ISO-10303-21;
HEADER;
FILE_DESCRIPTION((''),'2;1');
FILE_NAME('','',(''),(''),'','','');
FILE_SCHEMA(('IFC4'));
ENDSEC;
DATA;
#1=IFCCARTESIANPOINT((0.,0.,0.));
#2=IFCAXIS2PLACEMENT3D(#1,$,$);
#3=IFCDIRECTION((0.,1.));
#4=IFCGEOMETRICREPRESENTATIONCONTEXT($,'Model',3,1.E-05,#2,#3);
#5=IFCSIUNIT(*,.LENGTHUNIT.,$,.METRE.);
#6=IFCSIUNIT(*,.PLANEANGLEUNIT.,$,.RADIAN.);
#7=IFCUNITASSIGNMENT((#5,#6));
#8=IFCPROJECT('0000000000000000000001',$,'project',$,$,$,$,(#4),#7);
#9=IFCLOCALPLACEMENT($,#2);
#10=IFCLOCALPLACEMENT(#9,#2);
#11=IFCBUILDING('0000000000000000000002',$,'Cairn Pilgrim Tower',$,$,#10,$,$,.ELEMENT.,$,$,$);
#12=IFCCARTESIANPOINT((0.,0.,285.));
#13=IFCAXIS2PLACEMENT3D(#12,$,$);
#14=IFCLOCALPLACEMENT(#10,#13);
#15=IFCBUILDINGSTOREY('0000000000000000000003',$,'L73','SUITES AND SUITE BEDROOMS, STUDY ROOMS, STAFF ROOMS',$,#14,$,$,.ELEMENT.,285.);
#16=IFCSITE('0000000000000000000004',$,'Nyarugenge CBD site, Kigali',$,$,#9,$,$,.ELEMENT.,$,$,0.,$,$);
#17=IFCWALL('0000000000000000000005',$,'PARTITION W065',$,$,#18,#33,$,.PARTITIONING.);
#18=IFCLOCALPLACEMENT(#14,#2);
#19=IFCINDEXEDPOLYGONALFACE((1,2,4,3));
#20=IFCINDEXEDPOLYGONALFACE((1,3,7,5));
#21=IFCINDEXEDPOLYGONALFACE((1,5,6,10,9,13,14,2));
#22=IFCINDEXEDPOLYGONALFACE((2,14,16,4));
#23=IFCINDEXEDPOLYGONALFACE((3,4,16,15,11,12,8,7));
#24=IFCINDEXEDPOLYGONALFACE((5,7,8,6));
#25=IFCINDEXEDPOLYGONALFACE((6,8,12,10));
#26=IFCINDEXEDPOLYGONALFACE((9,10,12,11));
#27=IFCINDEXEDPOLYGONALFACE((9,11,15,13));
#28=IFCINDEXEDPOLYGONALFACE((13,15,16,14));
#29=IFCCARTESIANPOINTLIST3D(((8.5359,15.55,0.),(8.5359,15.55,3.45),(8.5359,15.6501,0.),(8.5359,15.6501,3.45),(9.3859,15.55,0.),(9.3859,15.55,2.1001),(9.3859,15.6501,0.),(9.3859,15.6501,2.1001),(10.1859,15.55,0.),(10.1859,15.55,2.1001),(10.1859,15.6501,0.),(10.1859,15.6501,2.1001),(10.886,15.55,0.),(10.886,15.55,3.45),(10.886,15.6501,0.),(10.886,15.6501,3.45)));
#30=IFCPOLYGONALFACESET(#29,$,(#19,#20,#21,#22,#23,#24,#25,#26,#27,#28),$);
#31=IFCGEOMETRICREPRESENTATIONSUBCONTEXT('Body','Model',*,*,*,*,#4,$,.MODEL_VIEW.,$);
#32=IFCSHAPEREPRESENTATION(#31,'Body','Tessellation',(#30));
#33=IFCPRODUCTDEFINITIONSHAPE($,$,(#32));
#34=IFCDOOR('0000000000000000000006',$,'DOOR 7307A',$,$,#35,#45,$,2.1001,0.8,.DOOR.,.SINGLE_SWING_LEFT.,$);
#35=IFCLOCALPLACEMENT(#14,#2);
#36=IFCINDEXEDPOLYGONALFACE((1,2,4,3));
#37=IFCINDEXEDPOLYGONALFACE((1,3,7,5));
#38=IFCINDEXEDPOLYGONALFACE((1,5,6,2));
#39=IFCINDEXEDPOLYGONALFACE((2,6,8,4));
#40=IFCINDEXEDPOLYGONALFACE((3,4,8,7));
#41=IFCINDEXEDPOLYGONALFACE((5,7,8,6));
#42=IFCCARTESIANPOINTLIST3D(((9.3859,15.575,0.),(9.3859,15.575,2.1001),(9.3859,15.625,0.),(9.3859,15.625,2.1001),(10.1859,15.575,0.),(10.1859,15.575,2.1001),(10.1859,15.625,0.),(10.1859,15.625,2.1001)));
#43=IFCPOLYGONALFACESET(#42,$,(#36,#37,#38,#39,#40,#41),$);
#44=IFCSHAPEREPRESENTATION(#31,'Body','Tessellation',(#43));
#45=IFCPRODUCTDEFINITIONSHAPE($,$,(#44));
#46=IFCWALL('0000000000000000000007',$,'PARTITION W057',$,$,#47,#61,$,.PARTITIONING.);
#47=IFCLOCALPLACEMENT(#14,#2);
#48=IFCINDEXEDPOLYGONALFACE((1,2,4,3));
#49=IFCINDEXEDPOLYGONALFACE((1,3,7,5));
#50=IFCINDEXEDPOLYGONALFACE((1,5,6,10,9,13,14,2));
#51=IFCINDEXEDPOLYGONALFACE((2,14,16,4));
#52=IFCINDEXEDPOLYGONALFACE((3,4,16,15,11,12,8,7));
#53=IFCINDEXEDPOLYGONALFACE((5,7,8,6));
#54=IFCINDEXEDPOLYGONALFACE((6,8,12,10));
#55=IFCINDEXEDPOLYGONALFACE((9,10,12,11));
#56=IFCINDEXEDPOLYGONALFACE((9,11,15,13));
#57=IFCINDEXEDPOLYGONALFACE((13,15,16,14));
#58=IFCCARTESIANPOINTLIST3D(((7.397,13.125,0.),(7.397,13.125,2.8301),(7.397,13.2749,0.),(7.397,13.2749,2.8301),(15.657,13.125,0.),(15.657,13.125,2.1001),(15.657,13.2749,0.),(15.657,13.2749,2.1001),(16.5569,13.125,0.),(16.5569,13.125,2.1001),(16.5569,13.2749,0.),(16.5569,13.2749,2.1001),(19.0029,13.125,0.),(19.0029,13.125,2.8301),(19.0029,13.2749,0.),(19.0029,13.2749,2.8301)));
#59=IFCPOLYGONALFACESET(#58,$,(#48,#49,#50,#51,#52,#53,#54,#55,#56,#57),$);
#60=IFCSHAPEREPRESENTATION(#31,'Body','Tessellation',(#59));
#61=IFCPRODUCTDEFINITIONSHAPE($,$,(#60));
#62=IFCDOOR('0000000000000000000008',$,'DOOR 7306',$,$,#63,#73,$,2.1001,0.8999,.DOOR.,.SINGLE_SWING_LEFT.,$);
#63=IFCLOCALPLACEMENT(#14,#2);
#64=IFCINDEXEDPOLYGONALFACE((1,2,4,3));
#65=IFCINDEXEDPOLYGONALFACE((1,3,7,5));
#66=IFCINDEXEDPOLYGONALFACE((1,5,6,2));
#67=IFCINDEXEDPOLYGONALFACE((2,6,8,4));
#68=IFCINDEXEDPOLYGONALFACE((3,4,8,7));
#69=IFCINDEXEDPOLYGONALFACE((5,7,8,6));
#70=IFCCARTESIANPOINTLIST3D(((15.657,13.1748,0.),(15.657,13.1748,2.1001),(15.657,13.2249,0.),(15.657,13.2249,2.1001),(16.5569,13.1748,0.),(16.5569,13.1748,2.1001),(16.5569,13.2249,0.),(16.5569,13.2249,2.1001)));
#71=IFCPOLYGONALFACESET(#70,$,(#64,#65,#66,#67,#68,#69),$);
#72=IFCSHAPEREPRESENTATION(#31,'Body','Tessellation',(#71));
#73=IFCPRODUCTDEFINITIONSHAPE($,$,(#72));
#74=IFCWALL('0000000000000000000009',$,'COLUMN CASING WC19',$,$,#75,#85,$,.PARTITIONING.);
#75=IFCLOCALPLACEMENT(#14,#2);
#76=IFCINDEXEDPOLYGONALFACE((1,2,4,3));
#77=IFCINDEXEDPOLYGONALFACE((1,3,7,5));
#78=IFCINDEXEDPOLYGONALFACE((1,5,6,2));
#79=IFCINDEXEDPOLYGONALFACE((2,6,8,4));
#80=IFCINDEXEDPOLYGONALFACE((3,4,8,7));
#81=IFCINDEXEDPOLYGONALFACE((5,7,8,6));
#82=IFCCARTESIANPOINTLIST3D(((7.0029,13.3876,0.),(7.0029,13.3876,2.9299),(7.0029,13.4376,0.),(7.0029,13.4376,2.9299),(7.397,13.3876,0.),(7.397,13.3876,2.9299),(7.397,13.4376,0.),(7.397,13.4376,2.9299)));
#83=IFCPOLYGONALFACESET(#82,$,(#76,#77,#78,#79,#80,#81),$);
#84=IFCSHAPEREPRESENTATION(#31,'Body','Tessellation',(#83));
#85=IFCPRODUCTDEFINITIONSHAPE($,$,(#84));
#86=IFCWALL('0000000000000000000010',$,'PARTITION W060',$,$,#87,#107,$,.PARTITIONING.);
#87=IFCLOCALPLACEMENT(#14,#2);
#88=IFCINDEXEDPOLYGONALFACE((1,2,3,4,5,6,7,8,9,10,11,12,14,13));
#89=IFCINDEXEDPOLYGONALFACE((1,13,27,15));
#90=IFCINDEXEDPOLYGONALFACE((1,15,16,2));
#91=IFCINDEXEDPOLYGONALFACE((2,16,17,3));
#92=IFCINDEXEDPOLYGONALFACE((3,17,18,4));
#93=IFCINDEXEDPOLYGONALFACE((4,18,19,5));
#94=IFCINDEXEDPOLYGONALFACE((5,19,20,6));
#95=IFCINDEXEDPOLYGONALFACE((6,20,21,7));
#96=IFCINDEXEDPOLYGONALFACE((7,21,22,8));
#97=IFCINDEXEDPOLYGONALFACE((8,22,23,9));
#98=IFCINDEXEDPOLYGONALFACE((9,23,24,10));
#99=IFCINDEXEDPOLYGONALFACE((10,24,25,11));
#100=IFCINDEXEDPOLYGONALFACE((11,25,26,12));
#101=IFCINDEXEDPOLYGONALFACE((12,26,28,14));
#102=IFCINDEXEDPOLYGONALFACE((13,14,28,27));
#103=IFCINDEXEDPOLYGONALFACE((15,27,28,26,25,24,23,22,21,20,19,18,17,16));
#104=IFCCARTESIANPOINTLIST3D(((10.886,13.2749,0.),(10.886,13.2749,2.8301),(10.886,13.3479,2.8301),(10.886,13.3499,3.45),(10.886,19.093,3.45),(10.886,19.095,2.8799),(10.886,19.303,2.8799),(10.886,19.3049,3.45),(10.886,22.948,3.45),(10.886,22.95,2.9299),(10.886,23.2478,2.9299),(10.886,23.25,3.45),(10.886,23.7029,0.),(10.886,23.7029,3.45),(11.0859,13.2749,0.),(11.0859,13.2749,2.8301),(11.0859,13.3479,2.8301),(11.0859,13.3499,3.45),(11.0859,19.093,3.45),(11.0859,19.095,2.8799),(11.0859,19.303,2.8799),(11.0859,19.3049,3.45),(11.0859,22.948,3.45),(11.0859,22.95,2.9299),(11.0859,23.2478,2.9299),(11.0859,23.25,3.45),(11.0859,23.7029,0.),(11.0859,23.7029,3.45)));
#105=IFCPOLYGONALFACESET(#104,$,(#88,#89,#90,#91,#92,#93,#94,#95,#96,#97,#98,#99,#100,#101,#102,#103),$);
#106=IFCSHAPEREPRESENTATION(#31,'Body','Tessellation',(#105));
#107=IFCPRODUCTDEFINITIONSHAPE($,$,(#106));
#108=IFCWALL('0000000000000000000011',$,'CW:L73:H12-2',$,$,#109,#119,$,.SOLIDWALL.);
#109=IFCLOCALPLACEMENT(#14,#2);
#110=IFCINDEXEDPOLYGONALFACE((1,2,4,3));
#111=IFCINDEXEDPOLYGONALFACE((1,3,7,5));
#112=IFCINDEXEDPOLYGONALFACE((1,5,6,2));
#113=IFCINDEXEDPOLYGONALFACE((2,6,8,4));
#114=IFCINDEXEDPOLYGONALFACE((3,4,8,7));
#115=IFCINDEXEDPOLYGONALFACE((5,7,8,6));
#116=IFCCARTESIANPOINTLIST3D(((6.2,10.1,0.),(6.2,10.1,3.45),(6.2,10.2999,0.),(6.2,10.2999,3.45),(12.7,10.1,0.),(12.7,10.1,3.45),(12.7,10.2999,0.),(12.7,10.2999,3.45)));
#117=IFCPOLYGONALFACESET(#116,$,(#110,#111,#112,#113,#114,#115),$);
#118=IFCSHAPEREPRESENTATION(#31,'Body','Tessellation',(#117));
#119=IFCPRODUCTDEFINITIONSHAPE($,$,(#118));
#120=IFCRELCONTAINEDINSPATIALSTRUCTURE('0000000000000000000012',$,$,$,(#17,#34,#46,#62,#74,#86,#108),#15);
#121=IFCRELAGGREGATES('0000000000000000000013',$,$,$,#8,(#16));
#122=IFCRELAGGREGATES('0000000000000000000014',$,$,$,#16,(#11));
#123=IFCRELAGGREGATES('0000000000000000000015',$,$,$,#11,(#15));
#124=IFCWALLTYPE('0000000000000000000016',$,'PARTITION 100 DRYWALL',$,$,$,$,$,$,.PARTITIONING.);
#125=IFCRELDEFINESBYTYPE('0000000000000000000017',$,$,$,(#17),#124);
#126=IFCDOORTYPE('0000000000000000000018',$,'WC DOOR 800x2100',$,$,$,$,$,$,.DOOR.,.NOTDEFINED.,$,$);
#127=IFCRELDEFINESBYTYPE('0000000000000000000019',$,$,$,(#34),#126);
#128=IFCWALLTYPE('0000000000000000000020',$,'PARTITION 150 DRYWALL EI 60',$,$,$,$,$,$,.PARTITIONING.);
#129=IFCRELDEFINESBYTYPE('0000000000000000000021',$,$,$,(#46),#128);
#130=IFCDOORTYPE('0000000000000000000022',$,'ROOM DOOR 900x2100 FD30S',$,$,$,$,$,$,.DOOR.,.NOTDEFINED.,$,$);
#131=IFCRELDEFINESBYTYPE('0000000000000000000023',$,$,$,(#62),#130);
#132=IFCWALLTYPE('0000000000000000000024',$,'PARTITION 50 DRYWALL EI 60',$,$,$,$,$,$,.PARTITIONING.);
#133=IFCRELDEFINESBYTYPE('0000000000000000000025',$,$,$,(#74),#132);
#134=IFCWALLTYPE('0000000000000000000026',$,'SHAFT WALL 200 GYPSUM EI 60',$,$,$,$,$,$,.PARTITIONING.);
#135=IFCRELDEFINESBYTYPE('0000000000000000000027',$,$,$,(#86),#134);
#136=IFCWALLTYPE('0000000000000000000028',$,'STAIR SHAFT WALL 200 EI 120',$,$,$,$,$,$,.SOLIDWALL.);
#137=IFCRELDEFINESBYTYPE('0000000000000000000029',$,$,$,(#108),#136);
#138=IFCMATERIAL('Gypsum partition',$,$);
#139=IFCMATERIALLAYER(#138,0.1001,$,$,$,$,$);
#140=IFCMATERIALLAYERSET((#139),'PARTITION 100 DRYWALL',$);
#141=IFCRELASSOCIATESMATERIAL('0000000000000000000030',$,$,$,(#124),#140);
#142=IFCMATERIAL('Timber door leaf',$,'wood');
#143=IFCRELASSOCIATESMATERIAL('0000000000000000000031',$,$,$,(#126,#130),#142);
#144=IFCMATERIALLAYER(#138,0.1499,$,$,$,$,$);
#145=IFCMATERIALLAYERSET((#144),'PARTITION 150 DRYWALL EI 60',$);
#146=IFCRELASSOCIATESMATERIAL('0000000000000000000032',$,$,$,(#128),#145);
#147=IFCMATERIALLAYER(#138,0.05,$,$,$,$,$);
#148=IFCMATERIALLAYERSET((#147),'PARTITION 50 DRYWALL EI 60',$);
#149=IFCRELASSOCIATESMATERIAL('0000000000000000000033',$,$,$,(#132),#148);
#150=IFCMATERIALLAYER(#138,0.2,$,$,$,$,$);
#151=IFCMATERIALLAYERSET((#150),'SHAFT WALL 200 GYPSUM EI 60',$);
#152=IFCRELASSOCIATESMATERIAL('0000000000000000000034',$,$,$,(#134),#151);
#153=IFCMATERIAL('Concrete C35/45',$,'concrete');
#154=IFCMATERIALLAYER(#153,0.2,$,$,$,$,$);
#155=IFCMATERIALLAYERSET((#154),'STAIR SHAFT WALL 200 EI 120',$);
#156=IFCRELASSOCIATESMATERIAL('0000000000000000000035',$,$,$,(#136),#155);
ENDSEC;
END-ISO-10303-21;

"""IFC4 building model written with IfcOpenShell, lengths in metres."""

from ifc_helpers import new_model, si_unit, direction, frame, frame_2d, origin, place, context, subcontext, project, spatial, polyline, rectangle, outline, extrude, material, layer, layer_set, type_object, element, fill, save


model = new_model("IFC4")

# Units and contexts
model_context = context("Model", 3, precision=1e-05, world=origin(), true_north=direction((0.0, 1.0)))
body_context = subcontext(model_context, "Body", "Model", "MODEL_VIEW")
ifc_project = project(units=[si_unit("LENGTHUNIT", "METRE"), si_unit("PLANEANGLEUNIT", "RADIAN")], contexts=[model_context])

# Site, building, storey
site_placement = place(None, origin())
site = spatial("IfcSite", under=ifc_project, at=site_placement, Name="Nyarugenge CBD site, Kigali", CompositionType="ELEMENT", RefElevation=0.0)
building_placement = place(site_placement, origin())
building = spatial("IfcBuilding", under=site, at=building_placement, Name="Cairn Pilgrim Tower", CompositionType="ELEMENT")
storey_placement = place(building_placement, frame((0.0, 0.0, 285.0)))
storey = spatial("IfcBuildingStorey", under=building, at=storey_placement, Name="L73", Description="SUITES AND SUITE BEDROOMS, STUDY ROOMS, STAFF ROOMS", CompositionType="ELEMENT", Elevation=285.0)

# Shared definitions
ifc_material_1 = material(Name="Gypsum partition")
ifc_layer_1 = layer(ifc_material_1, 0.1001)
ifc_layer_set_1 = layer_set([ifc_layer_1], Name="PARTITION 100 DRYWALL")
wall_type_1 = type_object("IfcWallType", Name="PARTITION 100 DRYWALL", PredefinedType="PARTITIONING", material=ifc_layer_set_1)

# Walls, openings, doors
ifc_material_2 = material(Name="Timber door leaf", Category="wood")
door_type_1 = type_object("IfcDoorType", Name="WC DOOR 800x2100", OperationType="NOTDEFINED", PredefinedType="DOOR", material=ifc_material_2)
wall_1_placement = place(storey_placement, frame((8.5359, 15.6001, 0.0), z_axis=(0.0, 0.0, 1.0), x_axis=(1.0, 0.0, 0.0)))
wall_1 = element("IfcWall", 1, at=wall_1_placement, inside=storey, type_object=wall_type_1, Name="PARTITION W065", PredefinedType="PARTITIONING", context=body_context, shape_type="SweptSolid", body=[
    extrude(rectangle(XDim=2.3501, YDim=0.1001, at=frame_2d((1.175, 0.0))), origin(), (0.0, 0.0, 1.0), 3.45),
])
opening_1_placement = place(wall_1_placement, frame((0.8501, 0.0, 0.0)))
opening_1 = element("IfcOpeningElement", 2, at=opening_1_placement, cuts=wall_1, PredefinedType="OPENING", context=body_context, shape_type="SweptSolid", body=[
    extrude(rectangle(XDim=0.8, YDim=2.1001, at=frame_2d((0.3999, 1.05))), frame((0.0, 0.0601, 0.0), z_axis=(0.0, -1.0, 0.0), x_axis=(1.0, 0.0, 0.0)), (0.0, 0.0, 1.0), 0.1201),
])
door_1_placement = place(opening_1_placement, origin())
door_1 = element("IfcDoor", 3, at=door_1_placement, inside=storey, type_object=door_type_1, Name="DOOR 7307A", OperationType="SINGLE_SWING_LEFT", OverallHeight=2.1001, OverallWidth=0.8, PredefinedType="DOOR", context=body_context, shape_type="SweptSolid", body=[
    extrude(rectangle(XDim=0.8, YDim=2.1001, at=frame_2d((0.3999, 1.05))), frame((0.0, 0.0249, 0.0), z_axis=(0.0, -1.0, 0.0), x_axis=(1.0, 0.0, 0.0)), (0.0, 0.0, 1.0), 0.05),
])
fill(opening_1, door_1)
ifc_layer_2 = layer(ifc_material_1, 0.1499)
ifc_layer_set_2 = layer_set([ifc_layer_2], Name="PARTITION 150 DRYWALL EI 60")
wall_type_2 = type_object("IfcWallType", Name="PARTITION 150 DRYWALL EI 60", PredefinedType="PARTITIONING", material=ifc_layer_set_2)
wall_2_placement = place(storey_placement, frame((7.397, 13.2, 0.0), z_axis=(0.0, 0.0, 1.0), x_axis=(1.0, 0.0, 0.0)))
wall_2 = element("IfcWall", 4, at=wall_2_placement, inside=storey, type_object=wall_type_2, Name="PARTITION W057", PredefinedType="PARTITIONING", context=body_context, shape_type="SweptSolid", body=[
    extrude(rectangle(XDim=11.606, YDim=0.1499, at=frame_2d((5.803, 0.0))), origin(), (0.0, 0.0, 1.0), 2.8301),
])
opening_2_placement = place(wall_2_placement, frame((8.26, 0.0, 0.0)))
opening_2 = element("IfcOpeningElement", 5, at=opening_2_placement, cuts=wall_2, PredefinedType="OPENING", context=body_context, shape_type="SweptSolid", body=[
    extrude(rectangle(XDim=0.8999, YDim=2.1001, at=frame_2d((0.45, 1.05))), frame((0.0, 0.085, 0.0), z_axis=(0.0, -1.0, 0.0), x_axis=(1.0, 0.0, 0.0)), (0.0, 0.0, 1.0), 0.1699),
])
door_type_2 = type_object("IfcDoorType", Name="ROOM DOOR 900x2100 FD30S", OperationType="NOTDEFINED", PredefinedType="DOOR", material=ifc_material_2)
door_2_placement = place(opening_2_placement, origin())
door_2 = element("IfcDoor", 6, at=door_2_placement, inside=storey, type_object=door_type_2, Name="DOOR 7306", OperationType="SINGLE_SWING_LEFT", OverallHeight=2.1001, OverallWidth=0.8999, PredefinedType="DOOR", context=body_context, shape_type="SweptSolid", body=[
    extrude(rectangle(XDim=0.8999, YDim=2.1001, at=frame_2d((0.45, 1.05))), frame((0.0, 0.0249, 0.0), z_axis=(0.0, -1.0, 0.0), x_axis=(1.0, 0.0, 0.0)), (0.0, 0.0, 1.0), 0.05),
])
fill(opening_2, door_2)

# Walls
ifc_layer_3 = layer(ifc_material_1, 0.05)
ifc_layer_set_3 = layer_set([ifc_layer_3], Name="PARTITION 50 DRYWALL EI 60")
wall_type_3 = type_object("IfcWallType", Name="PARTITION 50 DRYWALL EI 60", PredefinedType="PARTITIONING", material=ifc_layer_set_3)
wall_3_placement = place(storey_placement, frame((7.0029, 13.4126, 0.0), z_axis=(0.0, 0.0, 1.0), x_axis=(1.0, 0.0, 0.0)))
element("IfcWall", 7, at=wall_3_placement, inside=storey, type_object=wall_type_3, Name="COLUMN CASING WC19", PredefinedType="PARTITIONING", context=body_context, shape_type="SweptSolid", body=[
    extrude(rectangle(XDim=0.394, YDim=0.05, at=frame_2d((0.197, 0.0))), origin(), (0.0, 0.0, 1.0), 2.9299),
])
ifc_layer_4 = layer(ifc_material_1, 0.2)
ifc_layer_set_4 = layer_set([ifc_layer_4], Name="SHAFT WALL 200 GYPSUM EI 60")
wall_type_4 = type_object("IfcWallType", Name="SHAFT WALL 200 GYPSUM EI 60", PredefinedType="PARTITIONING", material=ifc_layer_set_4)
wall_4_placement = place(storey_placement, frame((10.9861, 13.2749, 0.0), z_axis=(0.0, 0.0, 1.0), x_axis=(0.0, 1.0, 0.0)))
element("IfcWall", 8, at=wall_4_placement, inside=storey, type_object=wall_type_4, Name="PARTITION W060", PredefinedType="PARTITIONING", context=body_context, shape_type="SweptSolid", body=[
    extrude(outline(polyline([(0.0, 0.0), (10.428, 0.0), (10.428, 3.45), (9.9751, 3.45), (9.9729, 2.9299), (9.675, 2.9299), (9.6731, 3.45), (6.03, 3.45), (6.0281, 2.8799), (5.8201, 2.8799), (5.8181, 3.45), (0.075, 3.45), (0.073, 2.8301), (0.0, 2.8301), (0.0, 0.0)])), frame((0.0, 0.1001, 0.0), z_axis=(0.0, -1.0, 0.0), x_axis=(1.0, 0.0, 0.0)), (0.0, 0.0, 1.0), 0.2),
])
ifc_material_3 = material(Name="Concrete C35/45", Category="concrete")
ifc_layer_5 = layer(ifc_material_3, 0.2)
ifc_layer_set_5 = layer_set([ifc_layer_5], Name="STAIR SHAFT WALL 200 EI 120")
wall_type_5 = type_object("IfcWallType", Name="STAIR SHAFT WALL 200 EI 120", PredefinedType="SOLIDWALL", material=ifc_layer_set_5)
wall_5_placement = place(storey_placement, frame((6.2, 10.2, 0.0), z_axis=(0.0, 0.0, 1.0), x_axis=(1.0, 0.0, 0.0)))
element("IfcWall", 9, at=wall_5_placement, inside=storey, type_object=wall_type_5, Name="CW:L73:H12-2", PredefinedType="SOLIDWALL", context=body_context, shape_type="SweptSolid", body=[
    extrude(rectangle(XDim=6.5, YDim=0.2, at=frame_2d((3.25, 0.0))), origin(), (0.0, 0.0, 1.0), 3.45),
])

save(model, "model.ifc")
